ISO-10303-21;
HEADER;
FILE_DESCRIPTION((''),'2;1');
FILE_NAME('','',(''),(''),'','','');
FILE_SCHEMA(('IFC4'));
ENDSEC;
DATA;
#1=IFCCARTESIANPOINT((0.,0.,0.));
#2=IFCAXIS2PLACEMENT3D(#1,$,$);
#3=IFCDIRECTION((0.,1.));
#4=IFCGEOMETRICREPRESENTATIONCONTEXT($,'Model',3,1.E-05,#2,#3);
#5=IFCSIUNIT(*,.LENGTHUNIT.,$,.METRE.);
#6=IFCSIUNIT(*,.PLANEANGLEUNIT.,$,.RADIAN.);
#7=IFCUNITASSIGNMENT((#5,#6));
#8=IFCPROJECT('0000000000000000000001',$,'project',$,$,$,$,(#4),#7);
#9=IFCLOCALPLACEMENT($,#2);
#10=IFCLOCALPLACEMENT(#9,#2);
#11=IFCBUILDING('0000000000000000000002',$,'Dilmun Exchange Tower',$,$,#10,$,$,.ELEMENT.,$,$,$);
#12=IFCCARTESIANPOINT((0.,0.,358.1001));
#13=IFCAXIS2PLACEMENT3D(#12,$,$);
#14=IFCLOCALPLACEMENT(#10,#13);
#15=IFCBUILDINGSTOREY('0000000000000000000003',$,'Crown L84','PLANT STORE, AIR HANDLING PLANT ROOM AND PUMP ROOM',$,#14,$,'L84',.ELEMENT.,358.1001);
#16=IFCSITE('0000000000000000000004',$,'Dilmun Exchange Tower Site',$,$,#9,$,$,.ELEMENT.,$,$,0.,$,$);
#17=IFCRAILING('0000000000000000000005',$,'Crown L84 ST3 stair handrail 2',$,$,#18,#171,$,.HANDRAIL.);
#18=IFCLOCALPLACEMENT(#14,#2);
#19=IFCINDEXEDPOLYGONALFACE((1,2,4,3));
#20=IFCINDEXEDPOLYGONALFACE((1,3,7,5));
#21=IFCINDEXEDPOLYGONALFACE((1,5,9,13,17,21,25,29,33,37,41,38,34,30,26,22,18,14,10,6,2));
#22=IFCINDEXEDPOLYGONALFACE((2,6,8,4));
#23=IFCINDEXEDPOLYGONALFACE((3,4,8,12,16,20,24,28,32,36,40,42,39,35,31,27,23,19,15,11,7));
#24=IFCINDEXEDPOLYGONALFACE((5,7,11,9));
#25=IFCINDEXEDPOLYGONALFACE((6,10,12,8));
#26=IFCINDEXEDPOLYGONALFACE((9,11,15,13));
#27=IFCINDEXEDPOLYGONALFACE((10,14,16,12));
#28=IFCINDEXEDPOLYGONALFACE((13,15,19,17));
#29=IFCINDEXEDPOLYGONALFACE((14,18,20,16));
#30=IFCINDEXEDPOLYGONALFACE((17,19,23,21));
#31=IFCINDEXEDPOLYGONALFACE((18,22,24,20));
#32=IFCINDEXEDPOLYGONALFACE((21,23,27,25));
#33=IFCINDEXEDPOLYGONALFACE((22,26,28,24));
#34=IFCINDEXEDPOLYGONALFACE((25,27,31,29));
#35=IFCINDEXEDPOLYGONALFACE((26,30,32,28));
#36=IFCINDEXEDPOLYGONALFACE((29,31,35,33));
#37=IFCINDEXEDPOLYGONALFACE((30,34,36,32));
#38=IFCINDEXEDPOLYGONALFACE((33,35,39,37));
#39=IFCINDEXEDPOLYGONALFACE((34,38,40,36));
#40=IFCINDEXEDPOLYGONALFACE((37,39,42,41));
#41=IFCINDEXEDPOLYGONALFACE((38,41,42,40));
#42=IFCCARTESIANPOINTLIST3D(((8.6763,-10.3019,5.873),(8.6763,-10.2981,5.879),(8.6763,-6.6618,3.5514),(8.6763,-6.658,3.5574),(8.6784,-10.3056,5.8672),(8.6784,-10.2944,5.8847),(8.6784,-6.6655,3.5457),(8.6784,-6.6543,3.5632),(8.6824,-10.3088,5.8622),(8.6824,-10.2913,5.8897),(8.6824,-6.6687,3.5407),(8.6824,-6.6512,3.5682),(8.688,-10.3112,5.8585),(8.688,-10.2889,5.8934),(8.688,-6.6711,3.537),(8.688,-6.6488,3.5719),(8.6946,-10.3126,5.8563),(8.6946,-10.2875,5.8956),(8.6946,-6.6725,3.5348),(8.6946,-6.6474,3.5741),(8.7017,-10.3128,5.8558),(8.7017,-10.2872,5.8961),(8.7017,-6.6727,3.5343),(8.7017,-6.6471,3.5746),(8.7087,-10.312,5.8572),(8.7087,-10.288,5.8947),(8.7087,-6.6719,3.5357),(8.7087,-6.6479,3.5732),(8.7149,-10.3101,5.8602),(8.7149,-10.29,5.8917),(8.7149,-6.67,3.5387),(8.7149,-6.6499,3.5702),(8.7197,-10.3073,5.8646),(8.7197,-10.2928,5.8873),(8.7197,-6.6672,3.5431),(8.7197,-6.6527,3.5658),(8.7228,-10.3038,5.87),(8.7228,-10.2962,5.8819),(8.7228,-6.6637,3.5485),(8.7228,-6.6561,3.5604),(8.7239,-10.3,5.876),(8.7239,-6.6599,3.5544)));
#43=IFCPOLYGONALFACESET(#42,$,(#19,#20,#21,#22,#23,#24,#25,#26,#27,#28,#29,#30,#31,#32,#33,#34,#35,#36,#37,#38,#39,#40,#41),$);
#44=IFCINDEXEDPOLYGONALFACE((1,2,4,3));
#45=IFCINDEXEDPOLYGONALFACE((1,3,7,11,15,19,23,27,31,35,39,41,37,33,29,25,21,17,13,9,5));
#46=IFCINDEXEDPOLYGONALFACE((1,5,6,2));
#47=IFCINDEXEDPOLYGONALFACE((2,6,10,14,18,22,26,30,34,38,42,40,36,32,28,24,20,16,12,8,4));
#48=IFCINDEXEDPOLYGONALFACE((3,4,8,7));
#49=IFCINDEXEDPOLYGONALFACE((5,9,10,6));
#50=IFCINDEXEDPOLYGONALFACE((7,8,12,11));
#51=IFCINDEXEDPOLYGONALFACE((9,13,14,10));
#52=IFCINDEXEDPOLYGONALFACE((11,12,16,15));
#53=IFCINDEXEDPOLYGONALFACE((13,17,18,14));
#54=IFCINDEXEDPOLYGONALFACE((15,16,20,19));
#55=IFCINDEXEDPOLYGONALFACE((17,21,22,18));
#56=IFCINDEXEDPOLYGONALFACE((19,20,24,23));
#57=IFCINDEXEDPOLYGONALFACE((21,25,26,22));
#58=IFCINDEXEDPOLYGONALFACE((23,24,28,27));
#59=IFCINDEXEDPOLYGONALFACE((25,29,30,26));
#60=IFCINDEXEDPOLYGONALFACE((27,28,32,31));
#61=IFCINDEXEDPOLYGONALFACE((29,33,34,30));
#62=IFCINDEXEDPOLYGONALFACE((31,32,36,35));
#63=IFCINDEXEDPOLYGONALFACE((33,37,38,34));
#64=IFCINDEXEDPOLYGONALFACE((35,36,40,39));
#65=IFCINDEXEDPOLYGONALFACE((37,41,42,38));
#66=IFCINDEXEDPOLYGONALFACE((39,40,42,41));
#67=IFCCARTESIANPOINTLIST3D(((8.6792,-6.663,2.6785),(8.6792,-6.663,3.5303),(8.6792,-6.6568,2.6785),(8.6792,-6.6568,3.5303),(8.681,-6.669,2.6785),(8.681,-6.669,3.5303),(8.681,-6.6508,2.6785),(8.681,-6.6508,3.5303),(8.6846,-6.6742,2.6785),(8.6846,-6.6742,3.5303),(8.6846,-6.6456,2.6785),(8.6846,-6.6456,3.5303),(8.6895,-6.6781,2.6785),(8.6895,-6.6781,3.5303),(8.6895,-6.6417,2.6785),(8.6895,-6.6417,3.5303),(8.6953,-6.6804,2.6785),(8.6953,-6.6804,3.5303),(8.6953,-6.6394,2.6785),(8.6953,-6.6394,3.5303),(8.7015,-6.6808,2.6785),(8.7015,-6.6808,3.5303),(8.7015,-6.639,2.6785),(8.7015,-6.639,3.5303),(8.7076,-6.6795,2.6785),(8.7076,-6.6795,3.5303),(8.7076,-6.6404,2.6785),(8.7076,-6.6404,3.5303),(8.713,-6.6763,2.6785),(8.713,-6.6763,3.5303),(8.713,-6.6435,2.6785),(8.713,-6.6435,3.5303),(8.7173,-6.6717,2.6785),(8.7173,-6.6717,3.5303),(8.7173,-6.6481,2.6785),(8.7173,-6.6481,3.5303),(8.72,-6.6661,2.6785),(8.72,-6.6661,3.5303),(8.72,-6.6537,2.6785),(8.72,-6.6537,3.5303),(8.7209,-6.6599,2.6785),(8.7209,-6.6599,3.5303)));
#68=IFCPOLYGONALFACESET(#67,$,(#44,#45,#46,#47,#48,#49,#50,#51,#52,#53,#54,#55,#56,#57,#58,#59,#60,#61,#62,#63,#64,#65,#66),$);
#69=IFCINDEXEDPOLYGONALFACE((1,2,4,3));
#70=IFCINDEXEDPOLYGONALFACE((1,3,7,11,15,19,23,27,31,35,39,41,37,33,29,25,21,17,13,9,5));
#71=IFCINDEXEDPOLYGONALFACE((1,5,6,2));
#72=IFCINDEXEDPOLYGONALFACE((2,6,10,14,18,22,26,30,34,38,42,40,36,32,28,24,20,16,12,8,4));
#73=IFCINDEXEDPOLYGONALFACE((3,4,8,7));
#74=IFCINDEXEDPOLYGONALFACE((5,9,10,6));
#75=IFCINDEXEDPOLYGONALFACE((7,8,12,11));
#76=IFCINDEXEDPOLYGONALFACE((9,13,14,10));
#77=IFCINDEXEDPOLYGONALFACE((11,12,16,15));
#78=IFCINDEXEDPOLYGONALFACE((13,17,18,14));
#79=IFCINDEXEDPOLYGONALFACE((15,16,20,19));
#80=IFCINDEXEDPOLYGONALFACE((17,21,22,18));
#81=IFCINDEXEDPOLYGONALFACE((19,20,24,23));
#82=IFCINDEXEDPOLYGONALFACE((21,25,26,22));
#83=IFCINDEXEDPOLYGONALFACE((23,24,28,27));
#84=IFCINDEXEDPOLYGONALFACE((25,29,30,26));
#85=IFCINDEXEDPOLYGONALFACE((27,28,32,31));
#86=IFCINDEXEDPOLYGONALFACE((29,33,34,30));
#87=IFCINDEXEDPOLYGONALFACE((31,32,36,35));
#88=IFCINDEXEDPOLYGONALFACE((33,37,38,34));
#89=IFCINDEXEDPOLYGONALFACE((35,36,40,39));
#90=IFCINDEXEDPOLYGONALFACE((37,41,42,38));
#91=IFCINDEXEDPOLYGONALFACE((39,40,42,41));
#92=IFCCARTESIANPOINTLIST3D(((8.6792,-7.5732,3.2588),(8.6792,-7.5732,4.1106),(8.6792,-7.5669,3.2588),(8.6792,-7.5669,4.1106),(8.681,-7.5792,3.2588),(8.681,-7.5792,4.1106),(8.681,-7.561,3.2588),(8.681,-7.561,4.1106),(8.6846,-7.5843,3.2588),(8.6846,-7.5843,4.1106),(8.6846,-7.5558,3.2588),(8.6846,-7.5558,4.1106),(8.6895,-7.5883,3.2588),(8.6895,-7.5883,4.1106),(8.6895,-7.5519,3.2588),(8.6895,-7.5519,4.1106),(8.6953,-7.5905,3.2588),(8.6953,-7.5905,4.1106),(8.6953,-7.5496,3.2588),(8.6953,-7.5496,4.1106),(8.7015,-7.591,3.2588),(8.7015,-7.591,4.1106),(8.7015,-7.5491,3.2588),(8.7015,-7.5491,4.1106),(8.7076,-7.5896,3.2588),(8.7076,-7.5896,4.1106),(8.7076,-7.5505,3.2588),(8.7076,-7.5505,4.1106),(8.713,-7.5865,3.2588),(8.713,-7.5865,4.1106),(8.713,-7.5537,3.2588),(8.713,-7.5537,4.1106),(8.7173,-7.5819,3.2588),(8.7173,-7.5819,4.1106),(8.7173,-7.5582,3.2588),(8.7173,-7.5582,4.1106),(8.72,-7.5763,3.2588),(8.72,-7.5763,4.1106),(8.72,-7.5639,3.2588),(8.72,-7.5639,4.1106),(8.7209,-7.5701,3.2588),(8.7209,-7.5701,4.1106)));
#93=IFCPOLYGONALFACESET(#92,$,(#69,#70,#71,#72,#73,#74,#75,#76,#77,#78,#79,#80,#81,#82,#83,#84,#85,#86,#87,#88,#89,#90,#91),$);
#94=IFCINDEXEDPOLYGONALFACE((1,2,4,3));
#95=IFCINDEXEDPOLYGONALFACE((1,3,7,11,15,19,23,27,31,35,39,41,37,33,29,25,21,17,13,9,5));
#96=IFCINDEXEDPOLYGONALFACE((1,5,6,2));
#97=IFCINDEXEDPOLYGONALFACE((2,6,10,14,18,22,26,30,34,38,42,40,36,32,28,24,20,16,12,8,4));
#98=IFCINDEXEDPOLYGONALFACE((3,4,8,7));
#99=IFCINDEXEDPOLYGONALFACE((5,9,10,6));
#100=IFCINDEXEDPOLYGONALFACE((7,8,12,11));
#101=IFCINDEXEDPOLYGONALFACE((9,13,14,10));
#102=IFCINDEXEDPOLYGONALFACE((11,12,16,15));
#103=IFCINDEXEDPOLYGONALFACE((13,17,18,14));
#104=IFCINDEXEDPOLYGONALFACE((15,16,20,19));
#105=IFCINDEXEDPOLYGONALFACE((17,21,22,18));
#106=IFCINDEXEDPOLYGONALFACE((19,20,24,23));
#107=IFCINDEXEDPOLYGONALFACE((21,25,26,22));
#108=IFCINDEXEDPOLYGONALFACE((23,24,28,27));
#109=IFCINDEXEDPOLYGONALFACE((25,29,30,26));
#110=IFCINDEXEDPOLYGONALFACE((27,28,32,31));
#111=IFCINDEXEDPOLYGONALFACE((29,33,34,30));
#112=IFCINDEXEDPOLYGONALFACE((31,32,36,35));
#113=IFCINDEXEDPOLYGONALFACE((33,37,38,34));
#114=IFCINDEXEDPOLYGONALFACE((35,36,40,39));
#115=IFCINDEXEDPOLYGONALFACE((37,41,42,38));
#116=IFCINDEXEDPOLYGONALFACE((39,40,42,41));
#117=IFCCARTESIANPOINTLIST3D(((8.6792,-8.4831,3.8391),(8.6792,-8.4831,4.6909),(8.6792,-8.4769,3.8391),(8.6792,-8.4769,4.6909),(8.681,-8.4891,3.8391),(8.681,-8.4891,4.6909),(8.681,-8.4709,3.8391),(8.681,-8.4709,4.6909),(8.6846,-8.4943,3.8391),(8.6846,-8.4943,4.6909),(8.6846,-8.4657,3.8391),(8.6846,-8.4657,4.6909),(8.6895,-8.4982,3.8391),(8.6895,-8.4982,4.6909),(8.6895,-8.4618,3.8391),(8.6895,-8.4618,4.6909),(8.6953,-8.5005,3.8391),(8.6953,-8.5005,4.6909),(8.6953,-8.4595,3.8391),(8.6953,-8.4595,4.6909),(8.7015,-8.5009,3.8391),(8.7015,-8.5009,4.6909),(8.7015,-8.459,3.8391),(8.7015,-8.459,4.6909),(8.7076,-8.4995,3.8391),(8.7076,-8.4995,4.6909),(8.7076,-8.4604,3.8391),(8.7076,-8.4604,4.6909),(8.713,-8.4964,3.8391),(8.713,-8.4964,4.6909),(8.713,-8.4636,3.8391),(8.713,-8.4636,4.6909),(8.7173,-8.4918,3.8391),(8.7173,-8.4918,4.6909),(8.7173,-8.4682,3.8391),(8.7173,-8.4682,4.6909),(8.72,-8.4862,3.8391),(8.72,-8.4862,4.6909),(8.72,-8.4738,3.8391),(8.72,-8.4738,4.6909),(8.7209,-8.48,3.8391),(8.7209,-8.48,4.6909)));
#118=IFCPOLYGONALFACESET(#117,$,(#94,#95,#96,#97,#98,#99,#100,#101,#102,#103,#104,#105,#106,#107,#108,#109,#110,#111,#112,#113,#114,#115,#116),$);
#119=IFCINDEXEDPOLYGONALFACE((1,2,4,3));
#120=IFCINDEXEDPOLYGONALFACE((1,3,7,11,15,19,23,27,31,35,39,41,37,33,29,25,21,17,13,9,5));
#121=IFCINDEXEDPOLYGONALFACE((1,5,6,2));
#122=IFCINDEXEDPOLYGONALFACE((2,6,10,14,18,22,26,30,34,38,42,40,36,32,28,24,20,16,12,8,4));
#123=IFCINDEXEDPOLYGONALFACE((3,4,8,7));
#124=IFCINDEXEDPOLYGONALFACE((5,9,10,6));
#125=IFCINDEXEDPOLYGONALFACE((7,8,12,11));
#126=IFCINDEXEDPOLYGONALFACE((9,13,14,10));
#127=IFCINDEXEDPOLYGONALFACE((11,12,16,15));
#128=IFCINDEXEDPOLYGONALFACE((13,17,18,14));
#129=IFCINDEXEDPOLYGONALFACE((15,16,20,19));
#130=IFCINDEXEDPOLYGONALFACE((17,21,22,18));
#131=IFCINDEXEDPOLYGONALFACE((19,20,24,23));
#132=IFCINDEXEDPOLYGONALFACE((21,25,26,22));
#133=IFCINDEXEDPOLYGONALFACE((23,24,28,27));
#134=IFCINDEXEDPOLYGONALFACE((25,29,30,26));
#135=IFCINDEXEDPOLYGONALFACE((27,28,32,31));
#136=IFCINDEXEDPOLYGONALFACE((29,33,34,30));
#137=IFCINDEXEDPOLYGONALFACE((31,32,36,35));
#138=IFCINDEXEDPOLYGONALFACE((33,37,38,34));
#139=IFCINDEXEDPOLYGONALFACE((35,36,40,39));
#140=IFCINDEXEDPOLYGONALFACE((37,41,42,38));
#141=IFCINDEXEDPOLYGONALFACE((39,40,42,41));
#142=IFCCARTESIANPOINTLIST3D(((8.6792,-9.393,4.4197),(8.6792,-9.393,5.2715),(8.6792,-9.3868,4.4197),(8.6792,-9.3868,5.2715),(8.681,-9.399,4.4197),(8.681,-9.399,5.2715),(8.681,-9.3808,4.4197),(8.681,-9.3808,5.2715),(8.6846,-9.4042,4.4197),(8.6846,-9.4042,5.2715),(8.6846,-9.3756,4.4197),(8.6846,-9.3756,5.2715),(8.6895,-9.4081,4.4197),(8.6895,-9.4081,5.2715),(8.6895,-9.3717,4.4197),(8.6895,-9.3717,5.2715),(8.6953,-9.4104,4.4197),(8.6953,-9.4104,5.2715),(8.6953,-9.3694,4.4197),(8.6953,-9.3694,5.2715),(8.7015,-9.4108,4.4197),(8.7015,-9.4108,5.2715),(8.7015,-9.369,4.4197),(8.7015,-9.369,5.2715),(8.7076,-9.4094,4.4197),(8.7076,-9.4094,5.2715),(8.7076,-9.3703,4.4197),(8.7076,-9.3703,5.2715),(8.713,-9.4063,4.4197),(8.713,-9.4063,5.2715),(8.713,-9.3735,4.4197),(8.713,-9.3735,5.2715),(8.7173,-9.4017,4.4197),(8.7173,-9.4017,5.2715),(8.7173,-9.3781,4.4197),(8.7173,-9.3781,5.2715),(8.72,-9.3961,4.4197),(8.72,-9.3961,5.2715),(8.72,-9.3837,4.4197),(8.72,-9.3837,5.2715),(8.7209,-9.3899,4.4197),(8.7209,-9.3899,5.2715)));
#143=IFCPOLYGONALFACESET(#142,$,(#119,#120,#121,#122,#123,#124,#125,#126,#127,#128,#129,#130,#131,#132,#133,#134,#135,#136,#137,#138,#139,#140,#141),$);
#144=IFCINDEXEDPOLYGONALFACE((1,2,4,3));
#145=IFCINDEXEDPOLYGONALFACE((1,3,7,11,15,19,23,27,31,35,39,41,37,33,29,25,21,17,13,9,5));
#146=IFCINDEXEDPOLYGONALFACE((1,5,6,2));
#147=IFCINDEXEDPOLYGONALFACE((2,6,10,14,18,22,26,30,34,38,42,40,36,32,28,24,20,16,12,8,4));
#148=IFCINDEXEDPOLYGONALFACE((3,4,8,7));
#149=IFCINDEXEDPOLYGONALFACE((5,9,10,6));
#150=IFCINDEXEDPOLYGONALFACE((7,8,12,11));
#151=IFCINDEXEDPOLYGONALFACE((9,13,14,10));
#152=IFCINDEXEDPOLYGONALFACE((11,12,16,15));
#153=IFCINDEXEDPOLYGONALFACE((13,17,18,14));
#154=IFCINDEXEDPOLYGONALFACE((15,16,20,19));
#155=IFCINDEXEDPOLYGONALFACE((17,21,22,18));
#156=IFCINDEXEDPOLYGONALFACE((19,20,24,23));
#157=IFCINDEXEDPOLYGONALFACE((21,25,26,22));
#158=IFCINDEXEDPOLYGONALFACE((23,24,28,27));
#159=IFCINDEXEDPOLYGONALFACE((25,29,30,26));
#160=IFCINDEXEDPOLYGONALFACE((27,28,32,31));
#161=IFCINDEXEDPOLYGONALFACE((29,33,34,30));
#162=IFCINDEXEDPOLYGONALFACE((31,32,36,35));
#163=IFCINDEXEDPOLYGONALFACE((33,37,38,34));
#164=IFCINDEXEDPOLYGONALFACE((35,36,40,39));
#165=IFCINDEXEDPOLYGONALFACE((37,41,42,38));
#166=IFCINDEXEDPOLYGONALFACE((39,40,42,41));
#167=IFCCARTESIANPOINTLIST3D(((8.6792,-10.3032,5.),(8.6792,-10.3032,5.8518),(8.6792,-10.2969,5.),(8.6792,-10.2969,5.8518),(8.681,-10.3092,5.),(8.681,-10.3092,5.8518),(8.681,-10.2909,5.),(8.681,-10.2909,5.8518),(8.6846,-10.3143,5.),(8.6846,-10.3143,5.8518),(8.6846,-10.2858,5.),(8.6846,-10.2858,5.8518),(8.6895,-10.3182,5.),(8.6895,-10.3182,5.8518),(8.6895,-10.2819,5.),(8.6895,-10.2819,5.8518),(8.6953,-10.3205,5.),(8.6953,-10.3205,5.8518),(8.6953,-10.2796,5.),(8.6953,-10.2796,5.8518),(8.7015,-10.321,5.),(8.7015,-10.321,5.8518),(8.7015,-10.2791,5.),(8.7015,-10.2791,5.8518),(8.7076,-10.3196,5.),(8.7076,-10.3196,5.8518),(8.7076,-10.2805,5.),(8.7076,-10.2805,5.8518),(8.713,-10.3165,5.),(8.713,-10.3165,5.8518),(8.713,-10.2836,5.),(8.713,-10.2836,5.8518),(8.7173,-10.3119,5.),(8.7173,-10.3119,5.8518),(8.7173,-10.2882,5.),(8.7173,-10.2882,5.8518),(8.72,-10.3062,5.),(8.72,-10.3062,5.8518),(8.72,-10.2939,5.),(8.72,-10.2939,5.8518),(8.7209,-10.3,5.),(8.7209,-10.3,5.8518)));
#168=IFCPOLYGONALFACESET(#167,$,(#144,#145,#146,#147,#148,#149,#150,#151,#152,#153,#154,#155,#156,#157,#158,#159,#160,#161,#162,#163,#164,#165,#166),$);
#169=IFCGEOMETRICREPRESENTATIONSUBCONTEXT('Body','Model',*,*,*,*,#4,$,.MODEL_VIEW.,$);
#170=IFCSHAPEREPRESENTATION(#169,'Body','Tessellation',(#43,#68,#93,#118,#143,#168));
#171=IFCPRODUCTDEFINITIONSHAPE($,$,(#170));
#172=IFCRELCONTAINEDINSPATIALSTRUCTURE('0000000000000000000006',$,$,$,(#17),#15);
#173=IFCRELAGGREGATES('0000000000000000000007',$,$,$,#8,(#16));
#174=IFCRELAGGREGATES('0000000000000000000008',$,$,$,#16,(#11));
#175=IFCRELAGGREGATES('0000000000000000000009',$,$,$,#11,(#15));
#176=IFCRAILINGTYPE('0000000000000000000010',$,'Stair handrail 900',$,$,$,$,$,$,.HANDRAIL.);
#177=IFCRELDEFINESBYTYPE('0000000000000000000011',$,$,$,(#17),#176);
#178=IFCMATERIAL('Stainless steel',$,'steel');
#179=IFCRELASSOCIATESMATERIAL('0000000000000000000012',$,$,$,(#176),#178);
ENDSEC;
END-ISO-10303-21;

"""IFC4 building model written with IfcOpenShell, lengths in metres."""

from ifc_helpers import new_model, si_unit, direction, frame, origin, origin_2d, place, context, subcontext, project, spatial, circle, extrude, material, type_object, element, save


model = new_model("IFC4")

# Units and contexts
model_context = context("Model", 3, precision=1e-05, world=origin(), true_north=direction((0.0, 1.0)))
body_context = subcontext(model_context, "Body", "Model", "MODEL_VIEW")
ifc_project = project(units=[si_unit("LENGTHUNIT", "METRE"), si_unit("PLANEANGLEUNIT", "RADIAN")], contexts=[model_context])

# Site, building, storey
site_placement = place(None, origin())
site = spatial("IfcSite", under=ifc_project, at=site_placement, Name="Dilmun Exchange Tower Site", CompositionType="ELEMENT", RefElevation=0.0)
building_placement = place(site_placement, origin())
building = spatial("IfcBuilding", under=site, at=building_placement, Name="Dilmun Exchange Tower", CompositionType="ELEMENT")
storey_placement = place(building_placement, frame((0.0, 0.0, 358.1001)))
storey = spatial("IfcBuildingStorey", under=building, at=storey_placement, Name="Crown L84", Description="PLANT STORE, AIR HANDLING PLANT ROOM AND PUMP ROOM", LongName="L84", CompositionType="ELEMENT", Elevation=358.1001)

# Railing
ifc_material_1 = material(Name="Stainless steel", Category="steel")
railing_type = type_object("IfcRailingType", Name="Stair handrail 900", PredefinedType="HANDRAIL", material=ifc_material_1)
railing_1_placement = place(storey_placement, frame((8.7, -6.6599, 2.6785)))
element("IfcRailing", 1, at=railing_1_placement, inside=storey, type_object=railing_type, Name="Crown L84 ST3 stair handrail 2", PredefinedType="HANDRAIL", context=body_context, shape_type="SweptSolid", body=[
    extrude(circle(Radius=0.0239, at=origin_2d()), frame((0.0, 0.0, 0.876), z_axis=(0.0, -0.843128, 0.537713), x_axis=(1.0, 0.0, 0.0)), (0.0, 0.0, 1.0), 4.3174),
    extrude(circle(Radius=0.021, at=origin_2d()), origin(), (0.0, 0.0, 1.0), 0.8518),
    extrude(circle(Radius=0.021, at=origin_2d()), frame((0.0, -0.9102, 0.5803)), (0.0, 0.0, 1.0), 0.8518),
    extrude(circle(Radius=0.021, at=origin_2d()), frame((0.0, -1.8201, 1.1606)), (0.0, 0.0, 1.0), 0.8518),
    extrude(circle(Radius=0.021, at=origin_2d()), frame((0.0, -2.73, 1.7412)), (0.0, 0.0, 1.0), 0.8518),
    extrude(circle(Radius=0.021, at=origin_2d()), frame((0.0, -3.6401, 2.3215)), (0.0, 0.0, 1.0), 0.8518),
])

save(model, "model.ifc")
